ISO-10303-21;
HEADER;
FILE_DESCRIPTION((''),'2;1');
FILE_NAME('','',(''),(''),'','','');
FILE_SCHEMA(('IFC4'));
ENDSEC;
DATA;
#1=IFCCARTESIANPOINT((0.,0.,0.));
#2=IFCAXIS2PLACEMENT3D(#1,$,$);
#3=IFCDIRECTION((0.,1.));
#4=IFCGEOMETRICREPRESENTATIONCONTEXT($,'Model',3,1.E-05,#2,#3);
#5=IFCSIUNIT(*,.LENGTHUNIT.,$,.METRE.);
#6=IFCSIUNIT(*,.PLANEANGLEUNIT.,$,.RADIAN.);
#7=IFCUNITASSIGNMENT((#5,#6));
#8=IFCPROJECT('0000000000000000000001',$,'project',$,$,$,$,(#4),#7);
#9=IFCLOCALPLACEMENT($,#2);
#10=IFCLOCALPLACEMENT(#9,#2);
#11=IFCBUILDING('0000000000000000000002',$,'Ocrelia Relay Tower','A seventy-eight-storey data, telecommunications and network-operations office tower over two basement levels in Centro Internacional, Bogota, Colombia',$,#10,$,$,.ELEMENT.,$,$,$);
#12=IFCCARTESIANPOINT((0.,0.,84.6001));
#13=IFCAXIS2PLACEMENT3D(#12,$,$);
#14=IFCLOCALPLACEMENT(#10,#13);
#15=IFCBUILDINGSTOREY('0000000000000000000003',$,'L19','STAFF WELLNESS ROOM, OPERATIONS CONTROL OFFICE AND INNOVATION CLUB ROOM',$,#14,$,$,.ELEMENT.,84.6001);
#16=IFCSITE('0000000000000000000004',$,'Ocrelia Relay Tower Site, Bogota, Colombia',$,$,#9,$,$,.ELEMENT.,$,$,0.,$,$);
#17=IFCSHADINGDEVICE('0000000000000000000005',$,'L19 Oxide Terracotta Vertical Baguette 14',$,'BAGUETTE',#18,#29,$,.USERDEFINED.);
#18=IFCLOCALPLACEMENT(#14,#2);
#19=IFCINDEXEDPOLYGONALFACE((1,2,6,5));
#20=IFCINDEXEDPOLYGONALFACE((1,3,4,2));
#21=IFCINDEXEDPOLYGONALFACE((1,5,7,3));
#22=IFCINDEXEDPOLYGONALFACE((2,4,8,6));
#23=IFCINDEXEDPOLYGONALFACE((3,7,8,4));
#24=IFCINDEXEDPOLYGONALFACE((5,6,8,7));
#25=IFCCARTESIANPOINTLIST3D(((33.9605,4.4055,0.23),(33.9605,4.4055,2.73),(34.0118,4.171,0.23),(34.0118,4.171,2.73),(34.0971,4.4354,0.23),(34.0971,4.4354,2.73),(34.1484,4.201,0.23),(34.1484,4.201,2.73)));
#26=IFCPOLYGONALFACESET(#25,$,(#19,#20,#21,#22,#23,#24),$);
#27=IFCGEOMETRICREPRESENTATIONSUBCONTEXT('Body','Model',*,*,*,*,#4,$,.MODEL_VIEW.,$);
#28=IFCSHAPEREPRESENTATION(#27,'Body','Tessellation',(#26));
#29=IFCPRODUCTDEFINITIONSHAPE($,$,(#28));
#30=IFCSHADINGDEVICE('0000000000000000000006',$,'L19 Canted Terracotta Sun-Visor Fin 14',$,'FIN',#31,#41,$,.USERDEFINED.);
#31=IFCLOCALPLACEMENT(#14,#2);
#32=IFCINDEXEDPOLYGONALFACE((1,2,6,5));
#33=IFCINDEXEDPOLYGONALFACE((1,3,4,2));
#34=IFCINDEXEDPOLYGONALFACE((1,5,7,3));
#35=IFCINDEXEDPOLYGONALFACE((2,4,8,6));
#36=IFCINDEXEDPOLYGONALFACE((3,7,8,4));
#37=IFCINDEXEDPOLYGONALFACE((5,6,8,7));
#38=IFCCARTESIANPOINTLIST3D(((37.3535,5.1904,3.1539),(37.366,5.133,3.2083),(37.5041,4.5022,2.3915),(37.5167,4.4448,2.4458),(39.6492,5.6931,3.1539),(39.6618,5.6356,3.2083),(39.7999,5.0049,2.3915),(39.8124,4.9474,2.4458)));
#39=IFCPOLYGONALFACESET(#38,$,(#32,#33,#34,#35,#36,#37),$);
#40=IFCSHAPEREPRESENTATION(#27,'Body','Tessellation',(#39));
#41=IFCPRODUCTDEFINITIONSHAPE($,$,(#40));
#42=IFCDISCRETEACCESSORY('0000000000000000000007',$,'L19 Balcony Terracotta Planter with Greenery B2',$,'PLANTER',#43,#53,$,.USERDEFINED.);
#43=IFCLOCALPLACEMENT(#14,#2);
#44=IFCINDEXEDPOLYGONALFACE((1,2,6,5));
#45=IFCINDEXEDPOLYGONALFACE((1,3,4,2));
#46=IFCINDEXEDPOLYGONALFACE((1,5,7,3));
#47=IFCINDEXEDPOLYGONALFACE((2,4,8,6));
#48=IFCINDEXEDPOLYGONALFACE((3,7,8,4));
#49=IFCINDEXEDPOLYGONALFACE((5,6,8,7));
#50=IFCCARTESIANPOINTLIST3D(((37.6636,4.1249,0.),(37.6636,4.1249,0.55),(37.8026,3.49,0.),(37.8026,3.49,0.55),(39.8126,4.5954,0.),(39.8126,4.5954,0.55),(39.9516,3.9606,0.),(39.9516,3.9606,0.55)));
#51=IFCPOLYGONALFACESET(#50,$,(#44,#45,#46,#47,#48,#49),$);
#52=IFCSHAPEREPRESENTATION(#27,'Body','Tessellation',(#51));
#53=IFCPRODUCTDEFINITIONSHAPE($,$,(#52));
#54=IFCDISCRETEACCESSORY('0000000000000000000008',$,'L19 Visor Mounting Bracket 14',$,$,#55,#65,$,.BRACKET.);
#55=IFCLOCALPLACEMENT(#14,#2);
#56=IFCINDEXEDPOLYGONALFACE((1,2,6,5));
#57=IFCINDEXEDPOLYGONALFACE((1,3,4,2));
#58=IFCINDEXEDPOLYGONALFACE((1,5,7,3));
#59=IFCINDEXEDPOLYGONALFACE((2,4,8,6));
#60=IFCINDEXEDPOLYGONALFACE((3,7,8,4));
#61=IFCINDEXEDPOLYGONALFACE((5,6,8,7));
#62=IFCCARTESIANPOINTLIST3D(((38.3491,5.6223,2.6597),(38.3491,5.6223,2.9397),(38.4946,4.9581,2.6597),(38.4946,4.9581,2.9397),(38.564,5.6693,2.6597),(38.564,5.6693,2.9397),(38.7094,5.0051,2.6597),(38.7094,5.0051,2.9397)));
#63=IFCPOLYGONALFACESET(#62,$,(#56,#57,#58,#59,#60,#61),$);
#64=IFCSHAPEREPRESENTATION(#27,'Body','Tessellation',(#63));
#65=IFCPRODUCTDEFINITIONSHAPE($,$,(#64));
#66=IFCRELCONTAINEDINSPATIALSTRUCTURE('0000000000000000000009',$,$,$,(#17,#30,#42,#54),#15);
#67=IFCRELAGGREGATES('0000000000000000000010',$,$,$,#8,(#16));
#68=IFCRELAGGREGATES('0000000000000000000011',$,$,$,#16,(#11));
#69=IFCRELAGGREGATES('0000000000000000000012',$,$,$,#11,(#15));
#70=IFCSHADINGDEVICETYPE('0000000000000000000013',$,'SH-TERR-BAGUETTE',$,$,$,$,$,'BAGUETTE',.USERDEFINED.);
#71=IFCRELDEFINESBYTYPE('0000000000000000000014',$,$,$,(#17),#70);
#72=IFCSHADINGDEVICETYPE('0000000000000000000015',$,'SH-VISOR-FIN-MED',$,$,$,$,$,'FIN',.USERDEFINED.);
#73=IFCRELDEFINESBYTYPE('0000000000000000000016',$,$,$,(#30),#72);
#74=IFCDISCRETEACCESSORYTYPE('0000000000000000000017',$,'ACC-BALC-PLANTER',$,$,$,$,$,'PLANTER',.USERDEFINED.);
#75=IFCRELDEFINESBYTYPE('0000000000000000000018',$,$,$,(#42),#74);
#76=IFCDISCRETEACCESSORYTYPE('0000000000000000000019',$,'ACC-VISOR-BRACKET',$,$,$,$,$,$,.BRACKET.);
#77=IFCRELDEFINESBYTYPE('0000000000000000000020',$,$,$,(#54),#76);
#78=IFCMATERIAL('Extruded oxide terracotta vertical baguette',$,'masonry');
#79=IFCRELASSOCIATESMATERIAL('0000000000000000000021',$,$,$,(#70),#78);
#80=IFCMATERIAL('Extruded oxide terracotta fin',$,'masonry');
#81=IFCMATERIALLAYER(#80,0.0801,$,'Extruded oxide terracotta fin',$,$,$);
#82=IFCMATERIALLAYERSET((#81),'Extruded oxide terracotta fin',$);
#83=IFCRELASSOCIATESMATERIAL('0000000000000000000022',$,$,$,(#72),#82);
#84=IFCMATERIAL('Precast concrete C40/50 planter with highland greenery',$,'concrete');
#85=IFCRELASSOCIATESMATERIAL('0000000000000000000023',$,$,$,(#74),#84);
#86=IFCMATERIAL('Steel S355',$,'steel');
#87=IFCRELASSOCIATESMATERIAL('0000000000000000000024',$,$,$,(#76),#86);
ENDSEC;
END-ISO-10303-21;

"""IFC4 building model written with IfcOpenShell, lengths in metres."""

from ifc_helpers import new_model, si_unit, direction, frame, origin, origin_2d, place, context, subcontext, project, spatial, rectangle, extrude, material, layer, layer_set, type_object, element, save


model = new_model("IFC4")

# Units and contexts
model_context = context("Model", 3, precision=1e-05, world=origin(), true_north=direction((0.0, 1.0)))
body_context = subcontext(model_context, "Body", "Model", "MODEL_VIEW")
ifc_project = project(units=[si_unit("LENGTHUNIT", "METRE"), si_unit("PLANEANGLEUNIT", "RADIAN")], contexts=[model_context])

# Site, building, storey
site_placement = place(None, origin())
site = spatial("IfcSite", under=ifc_project, at=site_placement, Name="Ocrelia Relay Tower Site, Bogota, Colombia", CompositionType="ELEMENT", RefElevation=0.0)
building_placement = place(site_placement, origin())
building = spatial("IfcBuilding", under=site, at=building_placement, Name="Ocrelia Relay Tower", Description="A seventy-eight-storey data, telecommunications and network-operations office tower over two basement levels in Centro Internacional, Bogota, Colombia", CompositionType="ELEMENT")
storey_placement = place(building_placement, frame((0.0, 0.0, 84.6001)))
storey = spatial("IfcBuildingStorey", under=building, at=storey_placement, Name="L19", Description="STAFF WELLNESS ROOM, OPERATIONS CONTROL OFFICE AND INNOVATION CLUB ROOM", CompositionType="ELEMENT", Elevation=84.6001)

# Shared definitions
ifc_material_1 = material(Name="Steel S355", Category="steel")

# Shading devices
ifc_material_2 = material(Name="Extruded oxide terracotta vertical baguette", Category="masonry")
shading_device_type_1 = type_object("IfcShadingDeviceType", Name="SH-TERR-BAGUETTE", ElementType="BAGUETTE", PredefinedType="USERDEFINED", material=ifc_material_2)
shading_device_1_placement = place(storey_placement, frame((34.0544, 4.3032, 0.23), z_axis=(0.0, 0.0, 1.0), x_axis=(0.976859, 0.213883, 0.0)))
element("IfcShadingDevice", 1, at=shading_device_1_placement, inside=storey, type_object=shading_device_type_1, Name="L19 Oxide Terracotta Vertical Baguette 14", ObjectType="BAGUETTE", PredefinedType="USERDEFINED", context=body_context, shape_type="SweptSolid", body=[
    extrude(rectangle(XDim=0.1399, YDim=0.24, at=origin_2d()), origin(), (0.0, 0.0, 1.0), 2.5),
])
ifc_material_3 = material(Name="Extruded oxide terracotta fin", Category="masonry")
ifc_layer_1 = layer(ifc_material_3, 0.0801, Name="Extruded oxide terracotta fin")
ifc_layer_set_1 = layer_set([ifc_layer_1], Name="Extruded oxide terracotta fin")
shading_device_type_2 = type_object("IfcShadingDeviceType", Name="SH-VISOR-FIN-MED", ElementType="FIN", PredefinedType="USERDEFINED", material=ifc_layer_set_1)
shading_device_2_placement = place(storey_placement, frame((38.5767, 5.0977, 2.7727), z_axis=(0.157084, -0.717446, 0.678673), x_axis=(0.976859, 0.213883, 0.0)))
element("IfcShadingDevice", 2, at=shading_device_2_placement, inside=storey, type_object=shading_device_type_2, Name="L19 Canted Terracotta Sun-Visor Fin 14", ObjectType="FIN", PredefinedType="USERDEFINED", context=body_context, shape_type="SweptSolid", body=[
    extrude(rectangle(XDim=2.3501, YDim=1.0381, at=origin_2d()), origin(), (0.0, 0.0, 1.0), 0.0801),
])

# Discrete accessories
ifc_material_4 = material(Name="Precast concrete C40/50 planter with highland greenery", Category="concrete")
discrete_accessory_type_1 = type_object("IfcDiscreteAccessoryType", Name="ACC-BALC-PLANTER", ElementType="PLANTER", PredefinedType="USERDEFINED", material=ifc_material_4)
discrete_accessory_1_placement = place(storey_placement, frame((38.8076, 4.0427, 0.0), z_axis=(0.0, 0.0, 1.0), x_axis=(-0.97686, -0.213881, 0.0)))
element("IfcDiscreteAccessory", 3, at=discrete_accessory_1_placement, inside=storey, type_object=discrete_accessory_type_1, Name="L19 Balcony Terracotta Planter with Greenery B2", ObjectType="PLANTER", PredefinedType="USERDEFINED", context=body_context, shape_type="SweptSolid", body=[
    extrude(rectangle(XDim=2.2, YDim=0.6499, at=origin_2d()), origin(), (0.0, 0.0, 1.0), 0.55),
])
discrete_accessory_type_2 = type_object("IfcDiscreteAccessoryType", Name="ACC-VISOR-BRACKET", PredefinedType="BRACKET", material=ifc_material_1)
discrete_accessory_2_placement = place(storey_placement, frame((38.5293, 5.3137, 2.6597), z_axis=(0.0, 0.0, 1.0), x_axis=(0.976859, 0.213883, 0.0)))
element("IfcDiscreteAccessory", 4, at=discrete_accessory_2_placement, inside=storey, type_object=discrete_accessory_type_2, Name="L19 Visor Mounting Bracket 14", PredefinedType="BRACKET", context=body_context, shape_type="SweptSolid", body=[
    extrude(rectangle(XDim=0.22, YDim=0.6799, at=origin_2d()), origin(), (0.0, 0.0, 1.0), 0.28),
])

save(model, "model.ifc")
